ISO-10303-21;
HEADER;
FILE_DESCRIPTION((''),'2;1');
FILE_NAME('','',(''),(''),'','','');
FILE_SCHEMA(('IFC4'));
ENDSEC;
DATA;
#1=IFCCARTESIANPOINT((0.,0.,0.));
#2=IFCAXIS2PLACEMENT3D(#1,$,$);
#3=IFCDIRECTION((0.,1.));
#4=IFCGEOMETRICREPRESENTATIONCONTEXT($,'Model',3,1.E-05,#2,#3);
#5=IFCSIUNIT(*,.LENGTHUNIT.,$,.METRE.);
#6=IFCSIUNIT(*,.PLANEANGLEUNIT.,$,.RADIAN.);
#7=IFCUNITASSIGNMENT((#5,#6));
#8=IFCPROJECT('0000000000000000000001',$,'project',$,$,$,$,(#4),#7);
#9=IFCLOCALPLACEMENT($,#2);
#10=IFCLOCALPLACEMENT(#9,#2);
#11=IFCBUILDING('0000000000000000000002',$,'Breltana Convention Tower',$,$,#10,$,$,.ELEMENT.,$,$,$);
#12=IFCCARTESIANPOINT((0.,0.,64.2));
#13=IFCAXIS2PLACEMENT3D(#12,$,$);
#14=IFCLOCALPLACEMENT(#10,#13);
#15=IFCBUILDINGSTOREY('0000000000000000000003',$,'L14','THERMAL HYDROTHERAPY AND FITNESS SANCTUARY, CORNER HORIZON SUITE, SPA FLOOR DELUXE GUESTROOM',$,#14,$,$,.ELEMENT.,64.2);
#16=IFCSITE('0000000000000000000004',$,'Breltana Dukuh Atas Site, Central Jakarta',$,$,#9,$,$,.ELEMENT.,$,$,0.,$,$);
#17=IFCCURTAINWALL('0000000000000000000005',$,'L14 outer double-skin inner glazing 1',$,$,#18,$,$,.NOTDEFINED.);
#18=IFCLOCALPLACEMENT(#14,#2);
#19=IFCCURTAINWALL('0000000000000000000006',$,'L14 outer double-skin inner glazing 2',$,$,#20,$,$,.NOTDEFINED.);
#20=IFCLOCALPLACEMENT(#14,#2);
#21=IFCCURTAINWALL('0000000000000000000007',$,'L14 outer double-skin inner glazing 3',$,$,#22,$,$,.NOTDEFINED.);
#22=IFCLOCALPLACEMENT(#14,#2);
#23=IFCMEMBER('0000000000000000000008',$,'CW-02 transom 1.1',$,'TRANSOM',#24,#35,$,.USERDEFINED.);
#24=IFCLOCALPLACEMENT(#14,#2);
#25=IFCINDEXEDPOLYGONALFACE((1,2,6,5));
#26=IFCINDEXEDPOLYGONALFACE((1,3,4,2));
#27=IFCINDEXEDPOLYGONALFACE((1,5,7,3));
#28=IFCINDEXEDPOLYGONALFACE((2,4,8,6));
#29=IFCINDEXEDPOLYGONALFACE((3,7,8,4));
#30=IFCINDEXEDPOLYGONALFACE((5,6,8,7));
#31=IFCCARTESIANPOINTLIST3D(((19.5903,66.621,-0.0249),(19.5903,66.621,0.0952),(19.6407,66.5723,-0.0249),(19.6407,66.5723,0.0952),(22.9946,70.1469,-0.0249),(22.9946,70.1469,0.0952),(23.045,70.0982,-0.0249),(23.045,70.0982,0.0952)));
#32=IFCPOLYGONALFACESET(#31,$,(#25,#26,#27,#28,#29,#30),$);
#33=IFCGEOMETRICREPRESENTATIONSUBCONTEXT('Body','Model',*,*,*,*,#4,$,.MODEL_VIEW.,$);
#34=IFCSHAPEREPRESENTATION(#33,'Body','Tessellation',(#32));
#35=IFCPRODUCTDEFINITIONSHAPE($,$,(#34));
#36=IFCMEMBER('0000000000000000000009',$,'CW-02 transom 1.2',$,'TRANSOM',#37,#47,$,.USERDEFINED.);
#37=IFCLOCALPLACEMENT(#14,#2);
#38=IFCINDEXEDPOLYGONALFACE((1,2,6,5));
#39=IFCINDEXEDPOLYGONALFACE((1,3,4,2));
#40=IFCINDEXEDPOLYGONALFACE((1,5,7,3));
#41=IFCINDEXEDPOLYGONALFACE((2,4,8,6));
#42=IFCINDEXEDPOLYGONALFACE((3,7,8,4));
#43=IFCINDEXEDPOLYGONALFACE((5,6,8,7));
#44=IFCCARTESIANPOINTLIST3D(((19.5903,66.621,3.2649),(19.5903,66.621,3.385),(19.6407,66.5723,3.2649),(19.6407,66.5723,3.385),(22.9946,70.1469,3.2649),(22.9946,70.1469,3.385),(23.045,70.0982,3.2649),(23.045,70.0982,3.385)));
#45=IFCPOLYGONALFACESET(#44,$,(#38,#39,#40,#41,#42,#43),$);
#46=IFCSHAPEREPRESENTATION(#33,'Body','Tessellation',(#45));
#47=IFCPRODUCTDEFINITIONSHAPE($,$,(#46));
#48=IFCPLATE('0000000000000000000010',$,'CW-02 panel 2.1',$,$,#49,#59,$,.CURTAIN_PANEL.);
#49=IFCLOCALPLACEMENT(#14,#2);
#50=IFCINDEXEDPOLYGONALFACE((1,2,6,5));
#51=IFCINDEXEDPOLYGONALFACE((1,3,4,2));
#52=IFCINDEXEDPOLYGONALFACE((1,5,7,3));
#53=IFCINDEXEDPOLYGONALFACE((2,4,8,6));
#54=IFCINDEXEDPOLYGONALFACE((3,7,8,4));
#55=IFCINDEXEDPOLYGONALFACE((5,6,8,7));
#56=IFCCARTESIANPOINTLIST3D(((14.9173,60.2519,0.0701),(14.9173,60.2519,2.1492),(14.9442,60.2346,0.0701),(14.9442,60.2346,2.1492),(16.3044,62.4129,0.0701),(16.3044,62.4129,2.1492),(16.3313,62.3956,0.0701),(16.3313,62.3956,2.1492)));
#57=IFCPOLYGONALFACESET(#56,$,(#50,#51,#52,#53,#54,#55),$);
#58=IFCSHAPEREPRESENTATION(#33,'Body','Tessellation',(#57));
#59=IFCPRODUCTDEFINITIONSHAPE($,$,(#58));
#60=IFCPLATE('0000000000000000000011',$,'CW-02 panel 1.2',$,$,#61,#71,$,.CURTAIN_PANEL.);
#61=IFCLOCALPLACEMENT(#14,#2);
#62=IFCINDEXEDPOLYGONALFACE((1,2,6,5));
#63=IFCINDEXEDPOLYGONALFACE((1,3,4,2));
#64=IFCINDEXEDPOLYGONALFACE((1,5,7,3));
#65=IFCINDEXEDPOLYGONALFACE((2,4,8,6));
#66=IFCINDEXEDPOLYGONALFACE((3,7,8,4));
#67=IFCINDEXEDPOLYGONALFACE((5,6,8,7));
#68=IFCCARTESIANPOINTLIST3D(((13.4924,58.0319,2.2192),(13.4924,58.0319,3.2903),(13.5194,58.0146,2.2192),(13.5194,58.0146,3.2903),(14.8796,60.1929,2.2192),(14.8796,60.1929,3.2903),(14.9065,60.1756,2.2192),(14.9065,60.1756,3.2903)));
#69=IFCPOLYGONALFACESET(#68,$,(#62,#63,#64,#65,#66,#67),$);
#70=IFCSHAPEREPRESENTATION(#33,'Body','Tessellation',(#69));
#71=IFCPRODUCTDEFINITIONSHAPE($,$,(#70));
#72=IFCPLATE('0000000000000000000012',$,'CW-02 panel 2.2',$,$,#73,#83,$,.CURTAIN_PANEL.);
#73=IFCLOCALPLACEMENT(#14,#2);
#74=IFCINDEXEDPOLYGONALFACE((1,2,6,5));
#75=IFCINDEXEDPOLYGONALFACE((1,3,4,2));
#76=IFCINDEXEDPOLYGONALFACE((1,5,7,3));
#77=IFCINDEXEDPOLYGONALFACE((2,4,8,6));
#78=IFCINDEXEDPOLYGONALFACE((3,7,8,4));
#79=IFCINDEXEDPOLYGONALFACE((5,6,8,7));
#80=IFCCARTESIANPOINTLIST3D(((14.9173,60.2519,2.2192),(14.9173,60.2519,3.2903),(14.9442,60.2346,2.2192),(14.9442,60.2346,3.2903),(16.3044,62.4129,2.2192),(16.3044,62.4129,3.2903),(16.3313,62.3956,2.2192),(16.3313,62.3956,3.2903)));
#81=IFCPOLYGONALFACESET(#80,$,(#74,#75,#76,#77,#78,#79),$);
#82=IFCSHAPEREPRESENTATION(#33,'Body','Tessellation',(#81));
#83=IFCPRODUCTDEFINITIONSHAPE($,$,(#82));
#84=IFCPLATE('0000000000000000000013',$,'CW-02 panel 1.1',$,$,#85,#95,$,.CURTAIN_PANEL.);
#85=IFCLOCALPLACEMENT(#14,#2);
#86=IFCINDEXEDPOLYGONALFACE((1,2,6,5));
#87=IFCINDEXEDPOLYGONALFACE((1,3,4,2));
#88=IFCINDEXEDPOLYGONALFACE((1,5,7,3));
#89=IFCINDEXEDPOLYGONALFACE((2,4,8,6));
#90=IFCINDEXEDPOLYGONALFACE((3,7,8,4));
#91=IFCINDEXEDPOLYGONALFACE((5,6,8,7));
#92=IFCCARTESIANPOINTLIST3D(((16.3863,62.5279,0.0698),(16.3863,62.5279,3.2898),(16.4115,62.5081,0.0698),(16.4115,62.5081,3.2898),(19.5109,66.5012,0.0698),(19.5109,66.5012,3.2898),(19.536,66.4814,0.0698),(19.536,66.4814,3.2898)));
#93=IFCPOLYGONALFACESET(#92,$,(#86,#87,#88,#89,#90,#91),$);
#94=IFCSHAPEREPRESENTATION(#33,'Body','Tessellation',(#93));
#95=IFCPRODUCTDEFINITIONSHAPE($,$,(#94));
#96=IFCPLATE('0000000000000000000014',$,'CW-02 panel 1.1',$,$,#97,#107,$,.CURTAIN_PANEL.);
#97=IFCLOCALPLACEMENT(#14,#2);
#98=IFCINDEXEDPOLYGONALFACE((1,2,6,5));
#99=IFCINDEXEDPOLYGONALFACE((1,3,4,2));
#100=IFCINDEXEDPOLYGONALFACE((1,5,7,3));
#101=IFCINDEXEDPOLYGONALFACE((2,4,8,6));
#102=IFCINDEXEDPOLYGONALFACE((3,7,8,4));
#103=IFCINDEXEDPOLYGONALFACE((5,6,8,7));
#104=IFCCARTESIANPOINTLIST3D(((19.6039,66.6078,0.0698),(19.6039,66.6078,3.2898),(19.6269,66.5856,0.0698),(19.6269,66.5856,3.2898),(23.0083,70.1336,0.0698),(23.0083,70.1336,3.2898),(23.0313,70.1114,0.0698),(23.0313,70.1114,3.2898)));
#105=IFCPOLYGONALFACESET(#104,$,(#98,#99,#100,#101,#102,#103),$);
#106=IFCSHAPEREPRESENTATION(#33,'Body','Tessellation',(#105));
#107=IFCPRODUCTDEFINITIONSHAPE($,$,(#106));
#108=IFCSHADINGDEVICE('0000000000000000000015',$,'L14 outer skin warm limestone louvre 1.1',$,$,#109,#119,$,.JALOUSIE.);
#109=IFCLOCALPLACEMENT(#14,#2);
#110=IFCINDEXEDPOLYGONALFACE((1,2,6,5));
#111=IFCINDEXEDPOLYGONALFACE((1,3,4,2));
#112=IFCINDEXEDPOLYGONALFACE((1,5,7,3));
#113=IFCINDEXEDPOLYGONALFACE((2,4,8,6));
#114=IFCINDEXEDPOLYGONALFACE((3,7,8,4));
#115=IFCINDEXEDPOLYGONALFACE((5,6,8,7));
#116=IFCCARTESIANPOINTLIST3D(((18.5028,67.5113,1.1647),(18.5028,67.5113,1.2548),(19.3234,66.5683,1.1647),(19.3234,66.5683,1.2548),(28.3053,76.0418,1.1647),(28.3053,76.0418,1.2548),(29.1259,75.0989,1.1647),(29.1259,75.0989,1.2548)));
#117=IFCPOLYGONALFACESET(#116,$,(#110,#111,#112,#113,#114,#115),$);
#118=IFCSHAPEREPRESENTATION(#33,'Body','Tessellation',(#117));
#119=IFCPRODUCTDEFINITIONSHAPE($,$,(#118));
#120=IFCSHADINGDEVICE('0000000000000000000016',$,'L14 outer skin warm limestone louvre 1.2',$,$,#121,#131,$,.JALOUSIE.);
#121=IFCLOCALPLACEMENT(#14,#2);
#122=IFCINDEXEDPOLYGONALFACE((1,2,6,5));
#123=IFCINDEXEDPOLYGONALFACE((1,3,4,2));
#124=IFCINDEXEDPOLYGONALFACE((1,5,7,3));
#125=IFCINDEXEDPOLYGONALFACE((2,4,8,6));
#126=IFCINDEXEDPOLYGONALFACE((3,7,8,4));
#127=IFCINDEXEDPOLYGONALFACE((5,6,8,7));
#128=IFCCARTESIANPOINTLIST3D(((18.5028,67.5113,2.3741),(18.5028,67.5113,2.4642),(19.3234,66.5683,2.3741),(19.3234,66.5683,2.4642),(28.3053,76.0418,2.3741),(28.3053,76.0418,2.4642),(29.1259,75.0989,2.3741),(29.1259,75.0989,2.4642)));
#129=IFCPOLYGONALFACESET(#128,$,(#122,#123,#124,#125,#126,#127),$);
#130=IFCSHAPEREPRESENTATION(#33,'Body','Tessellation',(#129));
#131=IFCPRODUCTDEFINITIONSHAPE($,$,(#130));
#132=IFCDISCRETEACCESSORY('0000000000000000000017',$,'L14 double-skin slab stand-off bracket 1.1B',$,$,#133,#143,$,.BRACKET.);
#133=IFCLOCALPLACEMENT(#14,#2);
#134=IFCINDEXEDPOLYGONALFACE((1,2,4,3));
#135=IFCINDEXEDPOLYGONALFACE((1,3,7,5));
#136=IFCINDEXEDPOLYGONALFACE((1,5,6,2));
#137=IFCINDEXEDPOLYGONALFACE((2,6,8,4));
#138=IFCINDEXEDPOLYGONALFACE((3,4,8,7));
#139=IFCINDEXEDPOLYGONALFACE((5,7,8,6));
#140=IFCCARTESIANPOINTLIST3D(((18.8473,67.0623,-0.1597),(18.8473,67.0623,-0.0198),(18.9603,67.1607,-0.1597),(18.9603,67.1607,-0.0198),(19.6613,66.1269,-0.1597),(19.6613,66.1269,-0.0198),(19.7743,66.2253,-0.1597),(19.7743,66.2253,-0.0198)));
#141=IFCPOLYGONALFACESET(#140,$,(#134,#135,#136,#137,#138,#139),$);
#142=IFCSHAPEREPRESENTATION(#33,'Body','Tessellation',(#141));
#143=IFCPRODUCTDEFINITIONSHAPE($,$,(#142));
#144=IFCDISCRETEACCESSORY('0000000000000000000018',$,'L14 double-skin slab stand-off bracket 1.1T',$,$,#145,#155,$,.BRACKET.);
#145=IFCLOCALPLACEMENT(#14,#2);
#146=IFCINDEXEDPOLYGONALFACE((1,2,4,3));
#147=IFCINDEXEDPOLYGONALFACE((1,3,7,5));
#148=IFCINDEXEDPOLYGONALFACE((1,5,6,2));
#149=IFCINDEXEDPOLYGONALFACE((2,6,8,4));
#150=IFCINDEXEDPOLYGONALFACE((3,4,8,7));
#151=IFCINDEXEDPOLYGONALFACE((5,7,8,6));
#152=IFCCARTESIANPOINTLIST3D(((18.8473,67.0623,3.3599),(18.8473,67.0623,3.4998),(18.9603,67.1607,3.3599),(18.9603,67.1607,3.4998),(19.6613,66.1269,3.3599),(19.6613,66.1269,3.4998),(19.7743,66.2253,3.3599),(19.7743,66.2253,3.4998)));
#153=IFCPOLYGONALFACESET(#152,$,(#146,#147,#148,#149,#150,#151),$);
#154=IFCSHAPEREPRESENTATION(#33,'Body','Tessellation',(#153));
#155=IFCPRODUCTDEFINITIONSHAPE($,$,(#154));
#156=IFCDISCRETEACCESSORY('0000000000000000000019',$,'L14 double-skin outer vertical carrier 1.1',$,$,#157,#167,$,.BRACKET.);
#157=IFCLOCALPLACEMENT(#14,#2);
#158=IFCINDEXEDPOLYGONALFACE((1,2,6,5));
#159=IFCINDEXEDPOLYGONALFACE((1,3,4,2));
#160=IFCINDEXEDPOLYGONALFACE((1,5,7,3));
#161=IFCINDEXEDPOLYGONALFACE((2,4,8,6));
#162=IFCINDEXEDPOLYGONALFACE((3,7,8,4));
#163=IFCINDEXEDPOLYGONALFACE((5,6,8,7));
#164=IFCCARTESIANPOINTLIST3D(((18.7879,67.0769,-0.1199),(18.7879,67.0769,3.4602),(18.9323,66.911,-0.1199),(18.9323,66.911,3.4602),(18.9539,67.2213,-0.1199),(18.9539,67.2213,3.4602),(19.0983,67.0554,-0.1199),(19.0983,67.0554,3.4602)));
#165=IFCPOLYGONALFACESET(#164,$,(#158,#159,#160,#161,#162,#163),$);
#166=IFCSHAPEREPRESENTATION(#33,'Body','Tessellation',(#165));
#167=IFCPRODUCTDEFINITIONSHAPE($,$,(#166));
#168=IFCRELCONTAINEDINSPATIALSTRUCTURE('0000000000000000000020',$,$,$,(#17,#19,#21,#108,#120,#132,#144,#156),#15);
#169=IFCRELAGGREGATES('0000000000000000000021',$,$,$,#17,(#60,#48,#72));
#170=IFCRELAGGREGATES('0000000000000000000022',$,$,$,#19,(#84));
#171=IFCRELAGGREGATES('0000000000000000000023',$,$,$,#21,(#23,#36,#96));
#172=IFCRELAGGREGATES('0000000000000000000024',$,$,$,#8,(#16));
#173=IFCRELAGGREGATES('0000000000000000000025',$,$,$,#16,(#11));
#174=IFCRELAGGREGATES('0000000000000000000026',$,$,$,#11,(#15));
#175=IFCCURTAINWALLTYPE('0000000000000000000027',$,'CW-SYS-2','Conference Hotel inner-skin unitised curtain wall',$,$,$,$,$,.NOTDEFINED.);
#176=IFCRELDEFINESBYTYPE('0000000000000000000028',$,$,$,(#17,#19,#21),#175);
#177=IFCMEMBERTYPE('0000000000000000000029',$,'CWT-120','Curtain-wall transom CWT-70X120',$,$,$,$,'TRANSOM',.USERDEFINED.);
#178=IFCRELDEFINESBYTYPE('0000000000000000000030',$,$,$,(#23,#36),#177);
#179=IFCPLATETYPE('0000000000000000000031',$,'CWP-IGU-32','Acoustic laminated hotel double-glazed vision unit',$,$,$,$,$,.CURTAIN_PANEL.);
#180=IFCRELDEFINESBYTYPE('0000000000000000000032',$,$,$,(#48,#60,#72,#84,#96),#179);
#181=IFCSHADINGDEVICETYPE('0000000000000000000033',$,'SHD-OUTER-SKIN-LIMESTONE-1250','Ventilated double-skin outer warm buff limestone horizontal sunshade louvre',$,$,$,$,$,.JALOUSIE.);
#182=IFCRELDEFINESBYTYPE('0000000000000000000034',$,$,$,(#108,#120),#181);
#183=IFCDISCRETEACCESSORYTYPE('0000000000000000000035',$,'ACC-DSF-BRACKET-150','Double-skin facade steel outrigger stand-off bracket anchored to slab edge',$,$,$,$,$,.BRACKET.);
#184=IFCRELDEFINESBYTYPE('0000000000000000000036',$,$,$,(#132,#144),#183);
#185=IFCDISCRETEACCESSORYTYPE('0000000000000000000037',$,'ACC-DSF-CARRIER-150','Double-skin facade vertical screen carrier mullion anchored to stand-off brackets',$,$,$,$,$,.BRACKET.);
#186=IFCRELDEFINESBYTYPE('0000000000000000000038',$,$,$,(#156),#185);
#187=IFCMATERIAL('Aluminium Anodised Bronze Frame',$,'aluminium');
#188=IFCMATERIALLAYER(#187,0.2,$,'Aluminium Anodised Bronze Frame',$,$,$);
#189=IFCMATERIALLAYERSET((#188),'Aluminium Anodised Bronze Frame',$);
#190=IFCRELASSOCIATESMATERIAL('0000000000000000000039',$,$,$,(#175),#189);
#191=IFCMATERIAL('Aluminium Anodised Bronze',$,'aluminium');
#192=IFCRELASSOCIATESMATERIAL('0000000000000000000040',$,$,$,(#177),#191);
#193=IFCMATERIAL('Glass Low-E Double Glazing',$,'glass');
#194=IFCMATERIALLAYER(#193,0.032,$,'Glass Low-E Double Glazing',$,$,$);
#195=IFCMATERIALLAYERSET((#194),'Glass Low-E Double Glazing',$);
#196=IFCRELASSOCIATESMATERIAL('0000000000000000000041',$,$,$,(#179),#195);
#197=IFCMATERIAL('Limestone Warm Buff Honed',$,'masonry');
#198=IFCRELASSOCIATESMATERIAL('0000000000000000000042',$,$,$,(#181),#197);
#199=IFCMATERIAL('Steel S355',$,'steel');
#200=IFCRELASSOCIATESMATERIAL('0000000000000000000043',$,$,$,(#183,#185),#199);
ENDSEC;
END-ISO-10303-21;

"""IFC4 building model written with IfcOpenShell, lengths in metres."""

from ifc_helpers import new_model, si_unit, direction, frame, origin, origin_2d, place, context, subcontext, project, spatial, rectangle, extrude, source, transform, mapped, material, layer, layer_set, material_profile, profile_set, type_object, type_shapes, element, aggregate, save


model = new_model("IFC4")

# Units and contexts
model_context = context("Model", 3, precision=1e-05, world=origin(), true_north=direction((0.0, 1.0)))
body_context = subcontext(model_context, "Body", "Model", "MODEL_VIEW")
ifc_project = project(units=[si_unit("LENGTHUNIT", "METRE"), si_unit("PLANEANGLEUNIT", "RADIAN")], contexts=[model_context])

# Site, building, storey
site_placement = place(None, origin())
site = spatial("IfcSite", under=ifc_project, at=site_placement, Name="Breltana Dukuh Atas Site, Central Jakarta", CompositionType="ELEMENT", RefElevation=0.0)
building_placement = place(site_placement, origin())
building = spatial("IfcBuilding", under=site, at=building_placement, Name="Breltana Convention Tower", CompositionType="ELEMENT")
storey_placement = place(building_placement, frame((0.0, 0.0, 64.2)))
storey = spatial("IfcBuildingStorey", under=building, at=storey_placement, Name="L14", Description="THERMAL HYDROTHERAPY AND FITNESS SANCTUARY, CORNER HORIZON SUITE, SPA FLOOR DELUXE GUESTROOM", CompositionType="ELEMENT", Elevation=64.2)

# Curtain walls
ifc_material_1 = material(Name="Aluminium Anodised Bronze Frame", Category="aluminium")
ifc_layer_1 = layer(ifc_material_1, 0.2, Name="Aluminium Anodised Bronze Frame")
ifc_layer_set_1 = layer_set([ifc_layer_1], Name="Aluminium Anodised Bronze Frame")
curtain_wall_type = type_object("IfcCurtainWallType", Name="CW-SYS-2", Description="Conference Hotel inner-skin unitised curtain wall", PredefinedType="NOTDEFINED", material=ifc_layer_set_1)
curtain_wall_1_placement = place(storey_placement, origin())
curtain_wall_1 = element("IfcCurtainWall", 1, at=curtain_wall_1_placement, inside=storey, type_object=curtain_wall_type, Name="L14 outer double-skin inner glazing 1", PredefinedType="NOTDEFINED")
ifc_material_2 = material(Name="Aluminium Anodised Bronze", Category="aluminium")
curtain_wall_2_placement = place(storey_placement, origin())
curtain_wall_2 = element("IfcCurtainWall", 2, at=curtain_wall_2_placement, inside=storey, type_object=curtain_wall_type, Name="L14 outer double-skin inner glazing 2", PredefinedType="NOTDEFINED")
curtain_wall_3_placement = place(storey_placement, origin())
curtain_wall_3 = element("IfcCurtainWall", 3, at=curtain_wall_3_placement, inside=storey, type_object=curtain_wall_type, Name="L14 outer double-skin inner glazing 3", PredefinedType="NOTDEFINED")

# Members
ifc_material_profile_1 = material_profile(ifc_material_2, rectangle(XDim=0.0701, YDim=0.1201, at=origin_2d()), Name="CWT-70X120")
ifc_profile_set_1 = profile_set([ifc_material_profile_1], Name="Aluminium Anodised Bronze")
member_type_1 = type_object("IfcMemberType", Name="CWT-120", Description="Curtain-wall transom CWT-70X120", ElementType="TRANSOM", PredefinedType="USERDEFINED", material=ifc_profile_set_1)
shared_shape_1 = source(origin(), body_context, "Body", "SweptSolid", [
    extrude(rectangle(XDim=0.0701, YDim=0.1201, at=origin_2d()), origin(), (0.0, 0.0, 1.0), 4.9011),
])
member_1_placement = place(storey_placement, frame((19.6155, 66.5967, 0.0352), z_axis=(0.694595, 0.719401, 0.0), x_axis=(-0.719401, 0.694595, 0.0)))
member_1 = element("IfcMember", 4, at=member_1_placement, type_object=member_type_1, Name="CW-02 transom 1.1", ObjectType="TRANSOM", PredefinedType="USERDEFINED", context=body_context, shape_type="MappedRepresentation", body=[
    mapped(shared_shape_1, transform((0.0, 0.0, 0.0), scale=1.0)),
])
member_2_placement = place(storey_placement, frame((19.6155, 66.5967, 3.325), z_axis=(0.694595, 0.719401, 0.0), x_axis=(-0.719401, 0.694595, 0.0)))
member_2 = element("IfcMember", 5, at=member_2_placement, type_object=member_type_1, Name="CW-02 transom 1.2", ObjectType="TRANSOM", PredefinedType="USERDEFINED", context=body_context, shape_type="MappedRepresentation", body=[
    mapped(shared_shape_1, transform((0.0, 0.0, 0.0), scale=1.0)),
])

# Plates
ifc_material_3 = material(Name="Glass Low-E Double Glazing", Category="glass")
ifc_layer_2 = layer(ifc_material_3, 0.032, Name="Glass Low-E Double Glazing")
ifc_layer_set_2 = layer_set([ifc_layer_2], Name="Glass Low-E Double Glazing")
plate_type = type_object("IfcPlateType", Name="CWP-IGU-32", Description="Acoustic laminated hotel double-glazed vision unit", PredefinedType="CURTAIN_PANEL", material=ifc_layer_set_2)
shared_shape_2 = source(origin(), body_context, "Body", "SweptSolid", [
    extrude(rectangle(XDim=2.5679, YDim=0.032, at=origin_2d()), origin(), (0.0, 0.0, 1.0), 2.0791),
])
type_shapes(plate_type, [shared_shape_2])
plate_1_placement = place(storey_placement, frame((15.6243, 61.3237, 0.0701), z_axis=(0.0, 0.0, 1.0), x_axis=(0.540181, 0.841549, 0.0)))
plate_1 = element("IfcPlate", 6, at=plate_1_placement, type_object=plate_type, Name="CW-02 panel 2.1", PredefinedType="CURTAIN_PANEL", context=body_context, shape_type="MappedRepresentation", body=[
    mapped(shared_shape_2, transform((0.0, 0.0, 0.0), scale=1.0)),
])
shared_shape_3 = source(origin(), body_context, "Body", "SweptSolid", [
    extrude(rectangle(XDim=2.5679, YDim=0.032, at=origin_2d()), origin(), (0.0, 0.0, 1.0), 1.071),
])
plate_2_placement = place(storey_placement, frame((14.1995, 59.1038, 2.2192), z_axis=(0.0, 0.0, 1.0), x_axis=(0.540181, 0.841549, 0.0)))
plate_2 = element("IfcPlate", 7, at=plate_2_placement, type_object=plate_type, Name="CW-02 panel 1.2", PredefinedType="CURTAIN_PANEL", context=body_context, shape_type="MappedRepresentation", body=[
    mapped(shared_shape_3, transform((0.0, 0.0, 0.0), scale=1.0)),
])
plate_3_placement = place(storey_placement, frame((15.6243, 61.3237, 2.2192), z_axis=(0.0, 0.0, 1.0), x_axis=(0.540181, 0.841549, 0.0)))
plate_3 = element("IfcPlate", 8, at=plate_3_placement, type_object=plate_type, Name="CW-02 panel 2.2", PredefinedType="CURTAIN_PANEL", context=body_context, shape_type="MappedRepresentation", body=[
    mapped(shared_shape_3, transform((0.0, 0.0, 0.0), scale=1.0)),
])
aggregate(curtain_wall_1, [plate_2, plate_1, plate_3])
shared_shape_4 = source(origin(), body_context, "Body", "SweptSolid", [
    extrude(rectangle(XDim=5.0547, YDim=0.032, at=origin_2d()), origin(), (0.0, 0.0, 1.0), 3.22),
])
plate_4_placement = place(storey_placement, frame((17.9612, 64.5046, 0.0698), z_axis=(0.0, 0.0, 1.0), x_axis=(0.618154, 0.786057, 0.0)))
plate_4 = element("IfcPlate", 9, at=plate_4_placement, type_object=plate_type, Name="CW-02 panel 1.1", PredefinedType="CURTAIN_PANEL", context=body_context, shape_type="MappedRepresentation", body=[
    mapped(shared_shape_4, transform((0.0, 0.0, 0.0), scale=1.0)),
])
aggregate(curtain_wall_2, [plate_4])
shared_shape_5 = source(origin(), body_context, "Body", "SweptSolid", [
    extrude(rectangle(XDim=4.9011, YDim=0.032, at=origin_2d()), origin(), (0.0, 0.0, 1.0), 3.22),
])
plate_5_placement = place(storey_placement, frame((21.3176, 68.3596, 0.0698), z_axis=(0.0, 0.0, 1.0), x_axis=(0.69461, 0.719386, 0.0)))
plate_5 = element("IfcPlate", 10, at=plate_5_placement, type_object=plate_type, Name="CW-02 panel 1.1", PredefinedType="CURTAIN_PANEL", context=body_context, shape_type="MappedRepresentation", body=[
    mapped(shared_shape_5, transform((0.0, 0.0, 0.0), scale=1.0)),
])
aggregate(curtain_wall_3, [member_1, member_2, plate_5])

# Shading devices
ifc_material_4 = material(Name="Limestone Warm Buff Honed", Category="masonry")
ifc_material_profile_2 = material_profile(ifc_material_4, rectangle(XDim=1.25, YDim=0.0901, at=origin_2d()), Name="STN-LVR-1250X90")
ifc_profile_set_2 = profile_set([ifc_material_profile_2], Name="Limestone Warm Buff Honed")
shading_device_type = type_object("IfcShadingDeviceType", Name="SHD-OUTER-SKIN-LIMESTONE-1250", Description="Ventilated double-skin outer warm buff limestone horizontal sunshade louvre", PredefinedType="JALOUSIE", material=ifc_profile_set_2)
shared_shape_6 = source(origin(), body_context, "Body", "SweptSolid", [
    extrude(rectangle(XDim=1.25, YDim=0.0901, at=origin_2d()), origin(), (0.0, 0.0, 1.0), 12.9946),
])
type_shapes(shading_device_type, [shared_shape_6])
for number, where, z_axis, x_axis, name in (
    (11, (18.9131, 67.0398, 1.2097), (0.754353, 0.656468, 0.0), (-0.656468, 0.754353, 0.0), "L14 outer skin warm limestone louvre 1.1"),
    (12, (18.9131, 67.0398, 2.4192), (0.754353, 0.656468, 0.0), (-0.656468, 0.754353, 0.0), "L14 outer skin warm limestone louvre 1.2"),
):
    element("IfcShadingDevice", number, at=place(storey_placement, frame(where, z_axis=z_axis, x_axis=x_axis)), inside=storey, type_object=shading_device_type, Name=name, PredefinedType="JALOUSIE", context=body_context, shape_type="MappedRepresentation", body=[
        mapped(shared_shape_6, transform((0.0, 0.0, 0.0), scale=1.0)),
    ])

# Discrete accessories
ifc_material_5 = material(Name="Steel S355", Category="steel")
discrete_accessory_type_1 = type_object("IfcDiscreteAccessoryType", Name="ACC-DSF-BRACKET-150", Description="Double-skin facade steel outrigger stand-off bracket anchored to slab edge", PredefinedType="BRACKET", material=ifc_material_5)
shared_shape_7 = source(origin(), body_context, "Body", "SweptSolid", [
    extrude(rectangle(XDim=1.24, YDim=0.1499, at=origin_2d()), origin(), (0.0, 0.0, 1.0), 0.1399),
])
type_shapes(discrete_accessory_type_1, [shared_shape_7])
for number, where, z_axis, x_axis, name in (
    (13, (19.3108, 66.6438, -0.1597), (0.0, 0.0, 1.0), (-0.656457, 0.754364, 0.0), "L14 double-skin slab stand-off bracket 1.1B"),
    (14, (19.3108, 66.6438, 3.3599), (0.0, 0.0, 1.0), (-0.656457, 0.754364, 0.0), "L14 double-skin slab stand-off bracket 1.1T"),
):
    element("IfcDiscreteAccessory", number, at=place(storey_placement, frame(where, z_axis=z_axis, x_axis=x_axis)), inside=storey, type_object=discrete_accessory_type_1, Name=name, PredefinedType="BRACKET", context=body_context, shape_type="MappedRepresentation", body=[
        mapped(shared_shape_7, transform((0.0, 0.0, 0.0), scale=1.0)),
    ])
discrete_accessory_type_2 = type_object("IfcDiscreteAccessoryType", Name="ACC-DSF-CARRIER-150", Description="Double-skin facade vertical screen carrier mullion anchored to stand-off brackets", PredefinedType="BRACKET", material=ifc_material_5)
shared_shape_8 = source(origin(), body_context, "Body", "SweptSolid", [
    extrude(rectangle(XDim=0.22, YDim=0.22, at=origin_2d()), origin(), (0.0, 0.0, 1.0), 3.5801),
])
discrete_accessory_placement = place(storey_placement, frame((18.9431, 67.0662, -0.1199), z_axis=(0.0, 0.0, 1.0), x_axis=(-0.656457, 0.754364, 0.0)))
element("IfcDiscreteAccessory", 15, at=discrete_accessory_placement, inside=storey, type_object=discrete_accessory_type_2, Name="L14 double-skin outer vertical carrier 1.1", PredefinedType="BRACKET", context=body_context, shape_type="MappedRepresentation", body=[
    mapped(shared_shape_8, transform((0.0, 0.0, 0.0), scale=1.0)),
])

save(model, "model.ifc")
